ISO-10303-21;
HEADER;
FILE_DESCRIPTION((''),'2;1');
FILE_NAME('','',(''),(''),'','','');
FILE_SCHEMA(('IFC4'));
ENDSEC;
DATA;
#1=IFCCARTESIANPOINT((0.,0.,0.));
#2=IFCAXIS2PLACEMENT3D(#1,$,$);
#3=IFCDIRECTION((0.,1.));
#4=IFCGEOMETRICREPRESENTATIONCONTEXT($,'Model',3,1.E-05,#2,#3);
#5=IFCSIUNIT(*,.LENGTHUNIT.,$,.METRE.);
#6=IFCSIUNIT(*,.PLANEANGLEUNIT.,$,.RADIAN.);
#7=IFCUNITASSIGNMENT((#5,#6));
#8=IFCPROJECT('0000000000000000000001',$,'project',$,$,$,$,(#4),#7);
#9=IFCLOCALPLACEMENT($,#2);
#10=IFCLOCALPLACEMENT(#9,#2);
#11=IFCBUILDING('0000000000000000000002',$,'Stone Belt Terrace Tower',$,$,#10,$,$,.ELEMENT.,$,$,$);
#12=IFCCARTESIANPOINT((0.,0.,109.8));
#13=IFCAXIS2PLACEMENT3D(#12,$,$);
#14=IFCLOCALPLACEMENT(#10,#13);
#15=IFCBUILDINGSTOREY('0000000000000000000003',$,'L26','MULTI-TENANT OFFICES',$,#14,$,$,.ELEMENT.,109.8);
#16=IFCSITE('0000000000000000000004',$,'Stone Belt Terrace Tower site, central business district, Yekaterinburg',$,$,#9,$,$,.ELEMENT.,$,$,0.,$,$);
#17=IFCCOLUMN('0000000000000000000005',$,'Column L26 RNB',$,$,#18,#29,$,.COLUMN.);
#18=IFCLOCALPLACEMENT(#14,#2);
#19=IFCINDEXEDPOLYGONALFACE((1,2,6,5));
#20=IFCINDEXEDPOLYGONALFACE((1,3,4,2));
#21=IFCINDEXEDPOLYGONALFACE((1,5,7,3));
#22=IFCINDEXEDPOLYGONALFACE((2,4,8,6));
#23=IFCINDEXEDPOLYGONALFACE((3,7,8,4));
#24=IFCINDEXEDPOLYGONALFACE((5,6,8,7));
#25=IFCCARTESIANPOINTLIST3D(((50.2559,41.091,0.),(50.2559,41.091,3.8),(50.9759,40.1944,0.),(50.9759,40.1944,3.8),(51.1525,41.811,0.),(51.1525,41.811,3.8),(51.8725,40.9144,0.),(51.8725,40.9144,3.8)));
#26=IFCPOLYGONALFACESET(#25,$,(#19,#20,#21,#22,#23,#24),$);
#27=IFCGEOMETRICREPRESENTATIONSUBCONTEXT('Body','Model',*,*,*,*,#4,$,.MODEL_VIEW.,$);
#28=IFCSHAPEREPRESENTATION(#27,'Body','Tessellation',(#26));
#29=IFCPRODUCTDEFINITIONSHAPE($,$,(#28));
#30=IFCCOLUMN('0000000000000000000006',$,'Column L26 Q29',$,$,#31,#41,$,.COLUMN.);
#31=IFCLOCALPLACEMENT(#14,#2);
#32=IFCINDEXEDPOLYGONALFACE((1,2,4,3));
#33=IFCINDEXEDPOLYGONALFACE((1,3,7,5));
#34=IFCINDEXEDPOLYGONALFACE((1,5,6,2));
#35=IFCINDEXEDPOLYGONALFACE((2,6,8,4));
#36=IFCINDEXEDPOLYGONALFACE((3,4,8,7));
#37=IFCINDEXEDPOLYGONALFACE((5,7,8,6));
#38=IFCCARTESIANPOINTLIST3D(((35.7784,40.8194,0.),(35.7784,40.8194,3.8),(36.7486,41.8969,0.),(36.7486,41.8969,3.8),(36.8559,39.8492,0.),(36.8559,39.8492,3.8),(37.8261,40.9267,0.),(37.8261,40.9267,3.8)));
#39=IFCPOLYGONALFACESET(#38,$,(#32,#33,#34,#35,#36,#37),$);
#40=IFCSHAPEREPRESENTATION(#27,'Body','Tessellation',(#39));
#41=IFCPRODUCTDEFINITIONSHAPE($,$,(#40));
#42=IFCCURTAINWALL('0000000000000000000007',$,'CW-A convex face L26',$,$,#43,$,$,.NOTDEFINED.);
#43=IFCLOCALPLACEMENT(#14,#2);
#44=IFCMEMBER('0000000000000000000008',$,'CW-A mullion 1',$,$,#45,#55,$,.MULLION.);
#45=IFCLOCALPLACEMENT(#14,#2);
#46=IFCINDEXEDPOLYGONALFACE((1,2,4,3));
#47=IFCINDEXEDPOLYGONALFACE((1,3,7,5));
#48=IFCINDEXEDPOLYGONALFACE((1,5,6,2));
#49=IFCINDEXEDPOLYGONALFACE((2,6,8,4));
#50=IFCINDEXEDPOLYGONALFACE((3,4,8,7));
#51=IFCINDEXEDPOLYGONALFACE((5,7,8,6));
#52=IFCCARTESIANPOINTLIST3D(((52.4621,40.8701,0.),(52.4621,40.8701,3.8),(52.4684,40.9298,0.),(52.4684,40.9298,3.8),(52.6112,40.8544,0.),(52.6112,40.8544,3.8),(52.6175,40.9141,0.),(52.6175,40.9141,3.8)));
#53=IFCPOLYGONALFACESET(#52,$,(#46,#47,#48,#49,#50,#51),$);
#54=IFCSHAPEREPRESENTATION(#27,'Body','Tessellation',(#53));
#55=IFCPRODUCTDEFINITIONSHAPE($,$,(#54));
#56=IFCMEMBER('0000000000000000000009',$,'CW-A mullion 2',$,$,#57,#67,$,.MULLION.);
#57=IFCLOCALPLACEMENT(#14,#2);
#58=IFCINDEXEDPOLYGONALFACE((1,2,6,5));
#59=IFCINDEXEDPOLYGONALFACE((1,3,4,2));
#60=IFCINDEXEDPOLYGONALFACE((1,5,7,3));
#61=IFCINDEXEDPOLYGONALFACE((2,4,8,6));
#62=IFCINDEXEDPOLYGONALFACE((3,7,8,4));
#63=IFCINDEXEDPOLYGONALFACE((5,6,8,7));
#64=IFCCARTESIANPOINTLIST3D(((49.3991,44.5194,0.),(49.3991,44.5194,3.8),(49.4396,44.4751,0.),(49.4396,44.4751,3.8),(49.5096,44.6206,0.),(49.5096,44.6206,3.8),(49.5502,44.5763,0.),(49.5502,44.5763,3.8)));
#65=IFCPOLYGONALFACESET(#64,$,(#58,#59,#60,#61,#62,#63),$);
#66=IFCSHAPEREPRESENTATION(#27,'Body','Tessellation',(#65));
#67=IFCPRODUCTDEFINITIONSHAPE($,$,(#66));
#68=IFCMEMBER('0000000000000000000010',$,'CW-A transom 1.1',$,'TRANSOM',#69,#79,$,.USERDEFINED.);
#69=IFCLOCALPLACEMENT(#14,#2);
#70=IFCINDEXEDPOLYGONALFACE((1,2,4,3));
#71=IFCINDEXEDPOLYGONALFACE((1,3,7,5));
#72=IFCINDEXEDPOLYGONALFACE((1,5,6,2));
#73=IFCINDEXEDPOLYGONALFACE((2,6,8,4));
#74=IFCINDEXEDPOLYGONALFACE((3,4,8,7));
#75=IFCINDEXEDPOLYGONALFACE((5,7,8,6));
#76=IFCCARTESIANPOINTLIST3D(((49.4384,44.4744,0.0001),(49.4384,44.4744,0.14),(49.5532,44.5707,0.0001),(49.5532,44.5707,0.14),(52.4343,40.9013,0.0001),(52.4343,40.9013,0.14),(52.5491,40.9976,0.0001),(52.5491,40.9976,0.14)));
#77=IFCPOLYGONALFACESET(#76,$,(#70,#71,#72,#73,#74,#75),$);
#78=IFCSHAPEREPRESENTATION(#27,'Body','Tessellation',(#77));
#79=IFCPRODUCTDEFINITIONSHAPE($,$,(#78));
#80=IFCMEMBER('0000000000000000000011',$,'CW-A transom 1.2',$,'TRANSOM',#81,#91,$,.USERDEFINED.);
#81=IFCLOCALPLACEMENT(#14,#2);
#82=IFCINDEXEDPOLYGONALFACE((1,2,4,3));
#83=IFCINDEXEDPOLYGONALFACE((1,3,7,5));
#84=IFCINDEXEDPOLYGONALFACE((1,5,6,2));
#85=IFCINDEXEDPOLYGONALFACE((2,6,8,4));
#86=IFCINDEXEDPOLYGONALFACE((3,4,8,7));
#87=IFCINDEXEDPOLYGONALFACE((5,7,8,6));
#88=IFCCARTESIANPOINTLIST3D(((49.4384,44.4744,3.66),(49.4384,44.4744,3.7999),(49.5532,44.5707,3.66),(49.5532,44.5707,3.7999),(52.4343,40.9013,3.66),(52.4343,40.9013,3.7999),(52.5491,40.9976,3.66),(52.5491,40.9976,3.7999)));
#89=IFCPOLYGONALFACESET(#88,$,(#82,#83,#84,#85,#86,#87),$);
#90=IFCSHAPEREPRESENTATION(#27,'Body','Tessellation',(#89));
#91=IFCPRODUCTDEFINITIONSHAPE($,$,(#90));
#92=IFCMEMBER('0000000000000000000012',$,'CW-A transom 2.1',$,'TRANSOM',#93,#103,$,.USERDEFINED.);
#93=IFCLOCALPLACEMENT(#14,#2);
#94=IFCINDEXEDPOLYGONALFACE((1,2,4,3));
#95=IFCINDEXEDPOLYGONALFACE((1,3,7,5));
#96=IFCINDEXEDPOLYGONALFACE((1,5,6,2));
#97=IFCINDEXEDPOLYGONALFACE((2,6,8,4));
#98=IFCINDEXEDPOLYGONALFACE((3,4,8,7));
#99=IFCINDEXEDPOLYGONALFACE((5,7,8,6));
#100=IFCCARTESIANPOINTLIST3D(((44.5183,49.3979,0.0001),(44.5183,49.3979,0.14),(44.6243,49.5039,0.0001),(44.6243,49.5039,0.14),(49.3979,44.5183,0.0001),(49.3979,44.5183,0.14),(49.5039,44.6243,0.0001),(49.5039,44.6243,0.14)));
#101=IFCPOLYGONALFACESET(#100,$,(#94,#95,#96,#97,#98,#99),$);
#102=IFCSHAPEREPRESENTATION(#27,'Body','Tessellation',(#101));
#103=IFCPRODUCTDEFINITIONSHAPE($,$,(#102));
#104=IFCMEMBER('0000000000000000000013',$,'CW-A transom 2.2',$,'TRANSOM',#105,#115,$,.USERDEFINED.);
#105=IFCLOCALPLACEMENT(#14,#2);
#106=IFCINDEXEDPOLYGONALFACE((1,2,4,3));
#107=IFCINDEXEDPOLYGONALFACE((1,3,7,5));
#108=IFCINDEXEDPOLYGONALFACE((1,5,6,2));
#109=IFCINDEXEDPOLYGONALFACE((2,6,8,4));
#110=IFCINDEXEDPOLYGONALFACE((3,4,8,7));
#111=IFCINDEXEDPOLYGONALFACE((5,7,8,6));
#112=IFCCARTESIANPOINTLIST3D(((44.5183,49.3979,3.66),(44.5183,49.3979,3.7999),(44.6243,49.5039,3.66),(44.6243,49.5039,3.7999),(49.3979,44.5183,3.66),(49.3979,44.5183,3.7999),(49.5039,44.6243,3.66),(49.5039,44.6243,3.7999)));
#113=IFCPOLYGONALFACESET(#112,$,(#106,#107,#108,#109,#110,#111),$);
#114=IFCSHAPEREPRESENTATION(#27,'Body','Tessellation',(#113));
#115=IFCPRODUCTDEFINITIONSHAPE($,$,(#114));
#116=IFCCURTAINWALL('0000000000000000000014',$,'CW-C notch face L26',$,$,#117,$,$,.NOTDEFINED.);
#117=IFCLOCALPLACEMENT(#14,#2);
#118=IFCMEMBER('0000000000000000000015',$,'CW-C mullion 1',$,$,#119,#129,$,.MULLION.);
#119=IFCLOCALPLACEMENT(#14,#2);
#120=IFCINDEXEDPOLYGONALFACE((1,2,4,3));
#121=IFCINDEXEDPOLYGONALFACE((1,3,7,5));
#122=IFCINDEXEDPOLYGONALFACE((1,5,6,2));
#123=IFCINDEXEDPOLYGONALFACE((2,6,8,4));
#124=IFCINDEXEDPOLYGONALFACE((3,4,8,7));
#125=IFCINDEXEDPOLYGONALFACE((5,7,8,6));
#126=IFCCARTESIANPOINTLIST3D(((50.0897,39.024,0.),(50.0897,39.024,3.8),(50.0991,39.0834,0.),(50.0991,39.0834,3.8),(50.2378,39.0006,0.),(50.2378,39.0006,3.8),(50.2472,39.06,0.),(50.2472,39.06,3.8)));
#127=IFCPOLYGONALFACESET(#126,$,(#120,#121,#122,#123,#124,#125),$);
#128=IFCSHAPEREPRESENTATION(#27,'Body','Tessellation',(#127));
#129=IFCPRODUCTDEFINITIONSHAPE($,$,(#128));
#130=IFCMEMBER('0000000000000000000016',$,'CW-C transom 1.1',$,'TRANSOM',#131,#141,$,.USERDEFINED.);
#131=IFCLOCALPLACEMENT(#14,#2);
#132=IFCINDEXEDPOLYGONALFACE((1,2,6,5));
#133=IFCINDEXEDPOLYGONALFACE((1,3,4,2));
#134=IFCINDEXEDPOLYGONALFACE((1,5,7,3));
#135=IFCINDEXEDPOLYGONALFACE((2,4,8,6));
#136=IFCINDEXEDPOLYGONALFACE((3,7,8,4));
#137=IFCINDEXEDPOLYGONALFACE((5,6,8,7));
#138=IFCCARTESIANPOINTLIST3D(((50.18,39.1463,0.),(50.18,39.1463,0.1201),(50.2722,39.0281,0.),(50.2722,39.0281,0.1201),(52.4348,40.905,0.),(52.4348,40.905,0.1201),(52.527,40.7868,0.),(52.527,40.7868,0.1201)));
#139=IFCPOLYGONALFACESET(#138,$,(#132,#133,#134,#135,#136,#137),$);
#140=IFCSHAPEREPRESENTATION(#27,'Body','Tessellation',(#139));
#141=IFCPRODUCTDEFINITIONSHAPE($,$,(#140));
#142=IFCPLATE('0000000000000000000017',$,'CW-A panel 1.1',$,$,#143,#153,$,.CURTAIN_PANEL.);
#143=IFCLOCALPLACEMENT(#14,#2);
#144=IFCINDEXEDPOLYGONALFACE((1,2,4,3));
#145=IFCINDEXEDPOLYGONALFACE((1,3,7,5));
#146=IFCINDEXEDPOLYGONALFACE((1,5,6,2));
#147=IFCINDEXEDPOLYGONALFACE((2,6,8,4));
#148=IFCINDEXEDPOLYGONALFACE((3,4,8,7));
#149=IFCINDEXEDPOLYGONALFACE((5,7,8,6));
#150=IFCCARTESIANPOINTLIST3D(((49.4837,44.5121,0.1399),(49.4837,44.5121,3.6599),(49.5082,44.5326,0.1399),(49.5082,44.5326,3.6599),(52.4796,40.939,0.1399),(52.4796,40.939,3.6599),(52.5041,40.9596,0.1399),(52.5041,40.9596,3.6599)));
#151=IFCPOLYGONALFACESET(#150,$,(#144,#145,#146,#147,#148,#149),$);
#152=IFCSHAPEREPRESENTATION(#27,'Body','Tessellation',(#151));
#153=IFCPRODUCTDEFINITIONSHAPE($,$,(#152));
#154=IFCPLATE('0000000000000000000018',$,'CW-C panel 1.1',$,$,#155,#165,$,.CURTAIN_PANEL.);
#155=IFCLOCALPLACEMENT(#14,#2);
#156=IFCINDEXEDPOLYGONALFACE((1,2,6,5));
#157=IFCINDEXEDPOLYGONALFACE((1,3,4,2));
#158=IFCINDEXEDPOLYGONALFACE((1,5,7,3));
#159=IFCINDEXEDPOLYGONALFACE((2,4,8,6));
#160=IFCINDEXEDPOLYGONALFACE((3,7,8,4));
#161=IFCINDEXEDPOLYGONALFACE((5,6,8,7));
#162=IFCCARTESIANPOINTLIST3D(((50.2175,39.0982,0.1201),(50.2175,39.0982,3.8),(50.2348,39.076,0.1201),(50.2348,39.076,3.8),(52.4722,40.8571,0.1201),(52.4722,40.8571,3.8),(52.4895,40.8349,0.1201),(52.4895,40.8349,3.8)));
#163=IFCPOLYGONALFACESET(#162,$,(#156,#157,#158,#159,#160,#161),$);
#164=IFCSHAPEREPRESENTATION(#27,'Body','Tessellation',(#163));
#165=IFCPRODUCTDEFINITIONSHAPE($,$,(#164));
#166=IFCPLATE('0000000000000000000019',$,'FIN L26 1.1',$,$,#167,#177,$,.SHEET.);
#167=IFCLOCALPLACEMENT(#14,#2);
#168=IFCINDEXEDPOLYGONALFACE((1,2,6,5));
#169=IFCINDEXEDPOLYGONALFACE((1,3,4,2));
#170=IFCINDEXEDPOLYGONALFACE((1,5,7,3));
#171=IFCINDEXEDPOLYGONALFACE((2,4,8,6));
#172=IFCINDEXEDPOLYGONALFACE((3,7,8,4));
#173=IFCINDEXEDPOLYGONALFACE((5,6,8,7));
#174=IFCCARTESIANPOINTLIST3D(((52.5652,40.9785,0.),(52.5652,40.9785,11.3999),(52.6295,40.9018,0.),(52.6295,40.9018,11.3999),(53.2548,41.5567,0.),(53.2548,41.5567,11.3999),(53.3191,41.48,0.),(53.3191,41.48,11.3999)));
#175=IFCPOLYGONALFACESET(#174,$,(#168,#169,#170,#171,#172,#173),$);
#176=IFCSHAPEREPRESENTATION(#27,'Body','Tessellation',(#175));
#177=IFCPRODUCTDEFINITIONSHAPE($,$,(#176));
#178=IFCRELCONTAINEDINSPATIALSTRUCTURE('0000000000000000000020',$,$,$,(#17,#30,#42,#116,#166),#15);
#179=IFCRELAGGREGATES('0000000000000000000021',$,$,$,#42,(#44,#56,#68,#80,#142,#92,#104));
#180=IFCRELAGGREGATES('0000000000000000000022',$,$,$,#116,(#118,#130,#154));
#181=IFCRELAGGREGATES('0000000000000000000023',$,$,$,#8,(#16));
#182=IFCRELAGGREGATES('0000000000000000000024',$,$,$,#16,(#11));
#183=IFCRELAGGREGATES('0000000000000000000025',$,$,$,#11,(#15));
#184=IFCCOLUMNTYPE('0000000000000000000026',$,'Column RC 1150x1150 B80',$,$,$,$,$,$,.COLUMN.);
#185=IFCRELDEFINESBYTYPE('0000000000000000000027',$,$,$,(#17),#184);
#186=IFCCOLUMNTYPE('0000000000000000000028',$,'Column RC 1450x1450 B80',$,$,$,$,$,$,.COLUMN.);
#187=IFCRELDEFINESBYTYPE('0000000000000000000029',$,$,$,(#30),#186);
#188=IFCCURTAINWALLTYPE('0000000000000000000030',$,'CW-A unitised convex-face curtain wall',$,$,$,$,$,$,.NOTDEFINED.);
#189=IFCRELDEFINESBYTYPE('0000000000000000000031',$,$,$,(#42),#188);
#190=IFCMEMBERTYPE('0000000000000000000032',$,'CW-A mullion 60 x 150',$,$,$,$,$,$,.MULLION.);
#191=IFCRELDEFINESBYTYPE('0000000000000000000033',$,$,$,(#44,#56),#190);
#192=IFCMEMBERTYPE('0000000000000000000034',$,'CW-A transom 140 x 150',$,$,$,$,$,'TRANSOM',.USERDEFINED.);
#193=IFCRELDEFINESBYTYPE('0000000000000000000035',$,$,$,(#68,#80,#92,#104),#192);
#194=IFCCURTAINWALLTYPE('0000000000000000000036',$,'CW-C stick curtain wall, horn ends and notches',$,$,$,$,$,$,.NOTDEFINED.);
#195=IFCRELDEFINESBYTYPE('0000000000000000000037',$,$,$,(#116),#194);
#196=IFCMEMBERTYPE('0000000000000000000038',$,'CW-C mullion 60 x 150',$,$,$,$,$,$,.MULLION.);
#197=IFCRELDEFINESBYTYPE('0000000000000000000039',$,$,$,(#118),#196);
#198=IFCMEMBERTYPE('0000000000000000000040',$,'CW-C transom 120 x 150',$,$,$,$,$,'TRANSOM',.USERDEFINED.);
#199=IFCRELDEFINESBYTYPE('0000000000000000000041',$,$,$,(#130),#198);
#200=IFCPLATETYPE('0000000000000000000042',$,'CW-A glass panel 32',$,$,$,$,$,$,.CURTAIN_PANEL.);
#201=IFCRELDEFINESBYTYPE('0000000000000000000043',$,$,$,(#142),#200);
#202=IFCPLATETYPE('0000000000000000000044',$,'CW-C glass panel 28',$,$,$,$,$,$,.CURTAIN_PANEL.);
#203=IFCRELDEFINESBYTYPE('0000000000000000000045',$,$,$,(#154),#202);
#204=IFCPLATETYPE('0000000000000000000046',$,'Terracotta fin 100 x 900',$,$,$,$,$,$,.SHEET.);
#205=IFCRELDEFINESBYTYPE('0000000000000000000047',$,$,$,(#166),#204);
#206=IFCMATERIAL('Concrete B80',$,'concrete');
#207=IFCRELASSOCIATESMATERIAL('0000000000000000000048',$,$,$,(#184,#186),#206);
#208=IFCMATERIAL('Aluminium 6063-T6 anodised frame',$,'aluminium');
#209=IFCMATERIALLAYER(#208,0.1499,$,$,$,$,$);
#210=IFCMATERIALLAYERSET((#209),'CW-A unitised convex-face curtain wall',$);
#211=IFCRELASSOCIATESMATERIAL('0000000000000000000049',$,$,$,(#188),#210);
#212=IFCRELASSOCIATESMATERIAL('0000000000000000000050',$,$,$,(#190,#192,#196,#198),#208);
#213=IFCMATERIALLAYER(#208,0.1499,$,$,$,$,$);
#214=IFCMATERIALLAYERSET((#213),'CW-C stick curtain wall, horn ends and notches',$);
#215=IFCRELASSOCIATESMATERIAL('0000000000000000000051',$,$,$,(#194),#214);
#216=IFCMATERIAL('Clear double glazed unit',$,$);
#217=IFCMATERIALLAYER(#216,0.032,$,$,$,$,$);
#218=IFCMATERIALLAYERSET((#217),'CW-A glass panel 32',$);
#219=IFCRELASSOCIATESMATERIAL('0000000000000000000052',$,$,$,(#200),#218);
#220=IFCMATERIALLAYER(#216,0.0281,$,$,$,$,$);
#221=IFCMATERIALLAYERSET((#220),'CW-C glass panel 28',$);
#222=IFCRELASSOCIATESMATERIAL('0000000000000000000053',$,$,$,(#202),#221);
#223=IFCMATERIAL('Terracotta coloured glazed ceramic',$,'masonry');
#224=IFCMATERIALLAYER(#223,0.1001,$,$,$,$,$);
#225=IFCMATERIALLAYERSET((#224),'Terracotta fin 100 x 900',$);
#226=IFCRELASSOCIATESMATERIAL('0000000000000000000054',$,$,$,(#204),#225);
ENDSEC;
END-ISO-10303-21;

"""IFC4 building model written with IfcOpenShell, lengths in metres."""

from ifc_helpers import new_model, si_unit, direction, frame, origin, origin_2d, place, context, subcontext, project, spatial, rectangle, extrude, material, layer, layer_set, material_profile, profile_set, type_object, element, aggregate, save


model = new_model("IFC4")

# Units and contexts
model_context = context("Model", 3, precision=1e-05, world=origin(), true_north=direction((0.0, 1.0)))
body_context = subcontext(model_context, "Body", "Model", "MODEL_VIEW")
ifc_project = project(units=[si_unit("LENGTHUNIT", "METRE"), si_unit("PLANEANGLEUNIT", "RADIAN")], contexts=[model_context])

# Site, building, storey
site_placement = place(None, origin())
site = spatial("IfcSite", under=ifc_project, at=site_placement, Name="Stone Belt Terrace Tower site, central business district, Yekaterinburg", CompositionType="ELEMENT", RefElevation=0.0)
building_placement = place(site_placement, origin())
building = spatial("IfcBuilding", under=site, at=building_placement, Name="Stone Belt Terrace Tower", CompositionType="ELEMENT")
storey_placement = place(building_placement, frame((0.0, 0.0, 109.8)))
storey = spatial("IfcBuildingStorey", under=building, at=storey_placement, Name="L26", Description="MULTI-TENANT OFFICES", CompositionType="ELEMENT", Elevation=109.8)

# Columns
ifc_material_1 = material(Name="Concrete B80", Category="concrete")
ifc_material_profile_1 = material_profile(ifc_material_1, rectangle(XDim=1.1499, YDim=1.1499, at=origin_2d()), Name="RC 1150x1150")
ifc_profile_set_1 = profile_set([ifc_material_profile_1], Name="Concrete B80")
column_type_1 = type_object("IfcColumnType", Name="Column RC 1150x1150 B80", PredefinedType="COLUMN", material=ifc_profile_set_1)
column_1_placement = place(storey_placement, frame((51.0642, 41.0027, 0.0), z_axis=(0.0, 0.0, 1.0), x_axis=(0.626104, -0.779739, 0.0)))
element("IfcColumn", 1, at=column_1_placement, inside=storey, type_object=column_type_1, Name="Column L26 RNB", PredefinedType="COLUMN", context=body_context, shape_type="SweptSolid", body=[
    extrude(rectangle(XDim=1.1499, YDim=1.1499, at=origin_2d()), origin(), (0.0, 0.0, 1.0), 3.8),
])
ifc_material_profile_2 = material_profile(ifc_material_1, rectangle(XDim=1.45, YDim=1.45, at=origin_2d()), Name="RC 1450x1450")
ifc_profile_set_2 = profile_set([ifc_material_profile_2], Name="Concrete B80")
column_type_2 = type_object("IfcColumnType", Name="Column RC 1450x1450 B80", PredefinedType="COLUMN", material=ifc_profile_set_2)
column_2_placement = place(storey_placement, frame((36.8022, 40.873, 0.0), z_axis=(0.0, 0.0, 1.0), x_axis=(0.743145, -0.669131, 0.0)))
element("IfcColumn", 2, at=column_2_placement, inside=storey, type_object=column_type_2, Name="Column L26 Q29", PredefinedType="COLUMN", context=body_context, shape_type="SweptSolid", body=[
    extrude(rectangle(XDim=1.45, YDim=1.45, at=origin_2d()), origin(), (0.0, 0.0, 1.0), 3.8),
])

# Curtain walls, members
ifc_material_2 = material(Name="Aluminium 6063-T6 anodised frame", Category="aluminium")
ifc_layer_1 = layer(ifc_material_2, 0.1499)
ifc_layer_set_1 = layer_set([ifc_layer_1], Name="CW-A unitised convex-face curtain wall")
curtain_wall_type_1 = type_object("IfcCurtainWallType", Name="CW-A unitised convex-face curtain wall", PredefinedType="NOTDEFINED", material=ifc_layer_set_1)
curtain_wall_1_placement = place(storey_placement, origin())
curtain_wall_1 = element("IfcCurtainWall", 3, at=curtain_wall_1_placement, inside=storey, type_object=curtain_wall_type_1, Name="CW-A convex face L26", PredefinedType="NOTDEFINED")
ifc_material_profile_3 = material_profile(ifc_material_2, rectangle(XDim=0.1499, YDim=0.0601, at=origin_2d()), Name="Aluminium 6063-T6 60x150")
ifc_profile_set_3 = profile_set([ifc_material_profile_3], Name="Aluminium 6063-T6 anodised frame")
member_type_1 = type_object("IfcMemberType", Name="CW-A mullion 60 x 150", PredefinedType="MULLION", material=ifc_profile_set_3)
member_1_placement = place(storey_placement, frame((52.5398, 40.8921, 0.0), z_axis=(0.0, 0.0, 1.0), x_axis=(-0.994465, 0.105071, 0.0)))
member_1 = element("IfcMember", 4, at=member_1_placement, type_object=member_type_1, Name="CW-A mullion 1", PredefinedType="MULLION", context=body_context, shape_type="SweptSolid", body=[
    extrude(rectangle(XDim=0.1499, YDim=0.0601, at=origin_2d()), origin(), (0.0, 0.0, 1.0), 3.8),
])
member_2_placement = place(storey_placement, frame((49.4746, 44.5479, 0.0), z_axis=(0.0, 0.0, 1.0), x_axis=(-0.7374, -0.675456, 0.0)))
member_2 = element("IfcMember", 5, at=member_2_placement, type_object=member_type_1, Name="CW-A mullion 2", PredefinedType="MULLION", context=body_context, shape_type="SweptSolid", body=[
    extrude(rectangle(XDim=0.1499, YDim=0.0601, at=origin_2d()), origin(), (0.0, 0.0, 1.0), 3.8),
])
ifc_material_profile_4 = material_profile(ifc_material_2, rectangle(XDim=0.1499, YDim=0.1399, at=origin_2d()), Name="Aluminium 6063-T6 150x140")
ifc_profile_set_4 = profile_set([ifc_material_profile_4], Name="Aluminium 6063-T6 anodised frame")
member_type_2 = type_object("IfcMemberType", Name="CW-A transom 140 x 150", ElementType="TRANSOM", PredefinedType="USERDEFINED", material=ifc_profile_set_4)
member_3_placement = place(storey_placement, frame((52.4917, 40.9495, 0.0701), z_axis=(-0.642504, 0.766282, 0.0), x_axis=(-0.766282, -0.642504, 0.0)))
member_3 = element("IfcMember", 6, at=member_3_placement, type_object=member_type_2, Name="CW-A transom 1.1", ObjectType="TRANSOM", PredefinedType="USERDEFINED", context=body_context, shape_type="SweptSolid", body=[
    extrude(rectangle(XDim=0.1499, YDim=0.1399, at=origin_2d()), origin(), (0.0, 0.0, 1.0), 4.6628),
])
member_4_placement = place(storey_placement, frame((52.4917, 40.9495, 3.73), z_axis=(-0.642504, 0.766282, 0.0), x_axis=(-0.766282, -0.642504, 0.0)))
member_4 = element("IfcMember", 7, at=member_4_placement, type_object=member_type_2, Name="CW-A transom 1.2", ObjectType="TRANSOM", PredefinedType="USERDEFINED", context=body_context, shape_type="SweptSolid", body=[
    extrude(rectangle(XDim=0.1499, YDim=0.1399, at=origin_2d()), origin(), (0.0, 0.0, 1.0), 4.6628),
])
member_5_placement = place(storey_placement, frame((49.4509, 44.5713, 0.0701), z_axis=(-0.707107, 0.707107, 0.0), x_axis=(-0.707107, -0.707107, 0.0)))
member_5 = element("IfcMember", 8, at=member_5_placement, type_object=member_type_2, Name="CW-A transom 2.1", ObjectType="TRANSOM", PredefinedType="USERDEFINED", context=body_context, shape_type="SweptSolid", body=[
    extrude(rectangle(XDim=0.1499, YDim=0.1399, at=origin_2d()), origin(), (0.0, 0.0, 1.0), 6.9009),
])
member_6_placement = place(storey_placement, frame((49.4509, 44.5713, 3.73), z_axis=(-0.707107, 0.707107, 0.0), x_axis=(-0.707107, -0.707107, 0.0)))
member_6 = element("IfcMember", 9, at=member_6_placement, type_object=member_type_2, Name="CW-A transom 2.2", ObjectType="TRANSOM", PredefinedType="USERDEFINED", context=body_context, shape_type="SweptSolid", body=[
    extrude(rectangle(XDim=0.1499, YDim=0.1399, at=origin_2d()), origin(), (0.0, 0.0, 1.0), 6.9009),
])
ifc_layer_2 = layer(ifc_material_2, 0.1499)
ifc_layer_set_2 = layer_set([ifc_layer_2], Name="CW-C stick curtain wall, horn ends and notches")
curtain_wall_type_2 = type_object("IfcCurtainWallType", Name="CW-C stick curtain wall, horn ends and notches", PredefinedType="NOTDEFINED", material=ifc_layer_set_2)
curtain_wall_2_placement = place(storey_placement, origin())
curtain_wall_2 = element("IfcCurtainWall", 10, at=curtain_wall_2_placement, inside=storey, type_object=curtain_wall_type_2, Name="CW-C notch face L26", PredefinedType="NOTDEFINED")
ifc_material_profile_5 = material_profile(ifc_material_2, rectangle(XDim=0.1499, YDim=0.0601, at=origin_2d()), Name="Aluminium 6063-T6 60x150")
ifc_profile_set_5 = profile_set([ifc_material_profile_5], Name="Aluminium 6063-T6 anodised frame")
member_type_3 = type_object("IfcMemberType", Name="CW-C mullion 60 x 150", PredefinedType="MULLION", material=ifc_profile_set_5)
member_7_placement = place(storey_placement, frame((50.1685, 39.042, 0.0), z_axis=(0.0, 0.0, 1.0), x_axis=(-0.987742, 0.156094, 0.0)))
member_7 = element("IfcMember", 11, at=member_7_placement, type_object=member_type_3, Name="CW-C mullion 1", PredefinedType="MULLION", context=body_context, shape_type="SweptSolid", body=[
    extrude(rectangle(XDim=0.1499, YDim=0.0601, at=origin_2d()), origin(), (0.0, 0.0, 1.0), 3.8),
])
ifc_material_profile_6 = material_profile(ifc_material_2, rectangle(XDim=0.1499, YDim=0.1201, at=origin_2d()), Name="Aluminium 6063-T6 150x120")
ifc_profile_set_6 = profile_set([ifc_material_profile_6], Name="Aluminium 6063-T6 anodised frame")
member_type_4 = type_object("IfcMemberType", Name="CW-C transom 120 x 150", ElementType="TRANSOM", PredefinedType="USERDEFINED", material=ifc_profile_set_6)
member_8_placement = place(storey_placement, frame((50.2261, 39.0872, 0.0601), z_axis=(0.788506, 0.615028, 0.0), x_axis=(-0.615028, 0.788506, 0.0)))
member_8 = element("IfcMember", 12, at=member_8_placement, type_object=member_type_4, Name="CW-C transom 1.1", ObjectType="TRANSOM", PredefinedType="USERDEFINED", context=body_context, shape_type="SweptSolid", body=[
    extrude(rectangle(XDim=0.1499, YDim=0.1201, at=origin_2d()), origin(), (0.0, 0.0, 1.0), 2.8596),
])

# Plates
ifc_material_3 = material(Name="Clear double glazed unit")
ifc_layer_3 = layer(ifc_material_3, 0.032)
ifc_layer_set_3 = layer_set([ifc_layer_3], Name="CW-A glass panel 32")
plate_type_1 = type_object("IfcPlateType", Name="CW-A glass panel 32", PredefinedType="CURTAIN_PANEL", material=ifc_layer_set_3)
plate_1_placement = place(storey_placement, frame((50.9939, 42.7358, 0.1399), z_axis=(0.0, 0.0, 1.0), x_axis=(-0.642509, 0.766278, 0.0)))
plate_1 = element("IfcPlate", 13, at=plate_1_placement, type_object=plate_type_1, Name="CW-A panel 1.1", PredefinedType="CURTAIN_PANEL", context=body_context, shape_type="SweptSolid", body=[
    extrude(rectangle(XDim=4.6628, YDim=0.032, at=origin_2d()), origin(), (0.0, 0.0, 1.0), 3.52),
])
aggregate(curtain_wall_1, [member_1, member_2, member_3, member_4, plate_1, member_5, member_6])
ifc_layer_4 = layer(ifc_material_3, 0.0281)
ifc_layer_set_4 = layer_set([ifc_layer_4], Name="CW-C glass panel 28")
plate_type_2 = type_object("IfcPlateType", Name="CW-C glass panel 28", PredefinedType="CURTAIN_PANEL", material=ifc_layer_set_4)
plate_2_placement = place(storey_placement, frame((51.3535, 39.9666, 0.1201), z_axis=(0.0, 0.0, 1.0), x_axis=(0.788458, 0.615089, 0.0)))
plate_2 = element("IfcPlate", 14, at=plate_2_placement, type_object=plate_type_2, Name="CW-C panel 1.1", PredefinedType="CURTAIN_PANEL", context=body_context, shape_type="SweptSolid", body=[
    extrude(rectangle(XDim=2.8596, YDim=0.0281, at=origin_2d()), origin(), (0.0, 0.0, 1.0), 3.6799),
])
aggregate(curtain_wall_2, [member_7, member_8, plate_2])

# Plate
ifc_material_4 = material(Name="Terracotta coloured glazed ceramic", Category="masonry")
ifc_layer_5 = layer(ifc_material_4, 0.1001)
ifc_layer_set_5 = layer_set([ifc_layer_5], Name="Terracotta fin 100 x 900")
plate_type_3 = type_object("IfcPlateType", Name="Terracotta fin 100 x 900", PredefinedType="SHEET", material=ifc_layer_set_5)
for number, where, z_axis, x_axis, name in (
    (15, (52.9421, 41.2292, 0.0), (0.0, 0.0, 1.0), (0.766278, 0.642509, 0.0), "FIN L26 1.1"),
):
    element("IfcPlate", number, at=place(storey_placement, frame(where, z_axis=z_axis, x_axis=x_axis)), inside=storey, type_object=plate_type_3, Name=name, PredefinedType="SHEET", context=body_context, shape_type="SweptSolid", body=[
        extrude(rectangle(XDim=0.8999, YDim=0.1001, at=origin_2d()), origin(), (0.0, 0.0, 1.0), 11.3999),
    ])

save(model, "model.ifc")
